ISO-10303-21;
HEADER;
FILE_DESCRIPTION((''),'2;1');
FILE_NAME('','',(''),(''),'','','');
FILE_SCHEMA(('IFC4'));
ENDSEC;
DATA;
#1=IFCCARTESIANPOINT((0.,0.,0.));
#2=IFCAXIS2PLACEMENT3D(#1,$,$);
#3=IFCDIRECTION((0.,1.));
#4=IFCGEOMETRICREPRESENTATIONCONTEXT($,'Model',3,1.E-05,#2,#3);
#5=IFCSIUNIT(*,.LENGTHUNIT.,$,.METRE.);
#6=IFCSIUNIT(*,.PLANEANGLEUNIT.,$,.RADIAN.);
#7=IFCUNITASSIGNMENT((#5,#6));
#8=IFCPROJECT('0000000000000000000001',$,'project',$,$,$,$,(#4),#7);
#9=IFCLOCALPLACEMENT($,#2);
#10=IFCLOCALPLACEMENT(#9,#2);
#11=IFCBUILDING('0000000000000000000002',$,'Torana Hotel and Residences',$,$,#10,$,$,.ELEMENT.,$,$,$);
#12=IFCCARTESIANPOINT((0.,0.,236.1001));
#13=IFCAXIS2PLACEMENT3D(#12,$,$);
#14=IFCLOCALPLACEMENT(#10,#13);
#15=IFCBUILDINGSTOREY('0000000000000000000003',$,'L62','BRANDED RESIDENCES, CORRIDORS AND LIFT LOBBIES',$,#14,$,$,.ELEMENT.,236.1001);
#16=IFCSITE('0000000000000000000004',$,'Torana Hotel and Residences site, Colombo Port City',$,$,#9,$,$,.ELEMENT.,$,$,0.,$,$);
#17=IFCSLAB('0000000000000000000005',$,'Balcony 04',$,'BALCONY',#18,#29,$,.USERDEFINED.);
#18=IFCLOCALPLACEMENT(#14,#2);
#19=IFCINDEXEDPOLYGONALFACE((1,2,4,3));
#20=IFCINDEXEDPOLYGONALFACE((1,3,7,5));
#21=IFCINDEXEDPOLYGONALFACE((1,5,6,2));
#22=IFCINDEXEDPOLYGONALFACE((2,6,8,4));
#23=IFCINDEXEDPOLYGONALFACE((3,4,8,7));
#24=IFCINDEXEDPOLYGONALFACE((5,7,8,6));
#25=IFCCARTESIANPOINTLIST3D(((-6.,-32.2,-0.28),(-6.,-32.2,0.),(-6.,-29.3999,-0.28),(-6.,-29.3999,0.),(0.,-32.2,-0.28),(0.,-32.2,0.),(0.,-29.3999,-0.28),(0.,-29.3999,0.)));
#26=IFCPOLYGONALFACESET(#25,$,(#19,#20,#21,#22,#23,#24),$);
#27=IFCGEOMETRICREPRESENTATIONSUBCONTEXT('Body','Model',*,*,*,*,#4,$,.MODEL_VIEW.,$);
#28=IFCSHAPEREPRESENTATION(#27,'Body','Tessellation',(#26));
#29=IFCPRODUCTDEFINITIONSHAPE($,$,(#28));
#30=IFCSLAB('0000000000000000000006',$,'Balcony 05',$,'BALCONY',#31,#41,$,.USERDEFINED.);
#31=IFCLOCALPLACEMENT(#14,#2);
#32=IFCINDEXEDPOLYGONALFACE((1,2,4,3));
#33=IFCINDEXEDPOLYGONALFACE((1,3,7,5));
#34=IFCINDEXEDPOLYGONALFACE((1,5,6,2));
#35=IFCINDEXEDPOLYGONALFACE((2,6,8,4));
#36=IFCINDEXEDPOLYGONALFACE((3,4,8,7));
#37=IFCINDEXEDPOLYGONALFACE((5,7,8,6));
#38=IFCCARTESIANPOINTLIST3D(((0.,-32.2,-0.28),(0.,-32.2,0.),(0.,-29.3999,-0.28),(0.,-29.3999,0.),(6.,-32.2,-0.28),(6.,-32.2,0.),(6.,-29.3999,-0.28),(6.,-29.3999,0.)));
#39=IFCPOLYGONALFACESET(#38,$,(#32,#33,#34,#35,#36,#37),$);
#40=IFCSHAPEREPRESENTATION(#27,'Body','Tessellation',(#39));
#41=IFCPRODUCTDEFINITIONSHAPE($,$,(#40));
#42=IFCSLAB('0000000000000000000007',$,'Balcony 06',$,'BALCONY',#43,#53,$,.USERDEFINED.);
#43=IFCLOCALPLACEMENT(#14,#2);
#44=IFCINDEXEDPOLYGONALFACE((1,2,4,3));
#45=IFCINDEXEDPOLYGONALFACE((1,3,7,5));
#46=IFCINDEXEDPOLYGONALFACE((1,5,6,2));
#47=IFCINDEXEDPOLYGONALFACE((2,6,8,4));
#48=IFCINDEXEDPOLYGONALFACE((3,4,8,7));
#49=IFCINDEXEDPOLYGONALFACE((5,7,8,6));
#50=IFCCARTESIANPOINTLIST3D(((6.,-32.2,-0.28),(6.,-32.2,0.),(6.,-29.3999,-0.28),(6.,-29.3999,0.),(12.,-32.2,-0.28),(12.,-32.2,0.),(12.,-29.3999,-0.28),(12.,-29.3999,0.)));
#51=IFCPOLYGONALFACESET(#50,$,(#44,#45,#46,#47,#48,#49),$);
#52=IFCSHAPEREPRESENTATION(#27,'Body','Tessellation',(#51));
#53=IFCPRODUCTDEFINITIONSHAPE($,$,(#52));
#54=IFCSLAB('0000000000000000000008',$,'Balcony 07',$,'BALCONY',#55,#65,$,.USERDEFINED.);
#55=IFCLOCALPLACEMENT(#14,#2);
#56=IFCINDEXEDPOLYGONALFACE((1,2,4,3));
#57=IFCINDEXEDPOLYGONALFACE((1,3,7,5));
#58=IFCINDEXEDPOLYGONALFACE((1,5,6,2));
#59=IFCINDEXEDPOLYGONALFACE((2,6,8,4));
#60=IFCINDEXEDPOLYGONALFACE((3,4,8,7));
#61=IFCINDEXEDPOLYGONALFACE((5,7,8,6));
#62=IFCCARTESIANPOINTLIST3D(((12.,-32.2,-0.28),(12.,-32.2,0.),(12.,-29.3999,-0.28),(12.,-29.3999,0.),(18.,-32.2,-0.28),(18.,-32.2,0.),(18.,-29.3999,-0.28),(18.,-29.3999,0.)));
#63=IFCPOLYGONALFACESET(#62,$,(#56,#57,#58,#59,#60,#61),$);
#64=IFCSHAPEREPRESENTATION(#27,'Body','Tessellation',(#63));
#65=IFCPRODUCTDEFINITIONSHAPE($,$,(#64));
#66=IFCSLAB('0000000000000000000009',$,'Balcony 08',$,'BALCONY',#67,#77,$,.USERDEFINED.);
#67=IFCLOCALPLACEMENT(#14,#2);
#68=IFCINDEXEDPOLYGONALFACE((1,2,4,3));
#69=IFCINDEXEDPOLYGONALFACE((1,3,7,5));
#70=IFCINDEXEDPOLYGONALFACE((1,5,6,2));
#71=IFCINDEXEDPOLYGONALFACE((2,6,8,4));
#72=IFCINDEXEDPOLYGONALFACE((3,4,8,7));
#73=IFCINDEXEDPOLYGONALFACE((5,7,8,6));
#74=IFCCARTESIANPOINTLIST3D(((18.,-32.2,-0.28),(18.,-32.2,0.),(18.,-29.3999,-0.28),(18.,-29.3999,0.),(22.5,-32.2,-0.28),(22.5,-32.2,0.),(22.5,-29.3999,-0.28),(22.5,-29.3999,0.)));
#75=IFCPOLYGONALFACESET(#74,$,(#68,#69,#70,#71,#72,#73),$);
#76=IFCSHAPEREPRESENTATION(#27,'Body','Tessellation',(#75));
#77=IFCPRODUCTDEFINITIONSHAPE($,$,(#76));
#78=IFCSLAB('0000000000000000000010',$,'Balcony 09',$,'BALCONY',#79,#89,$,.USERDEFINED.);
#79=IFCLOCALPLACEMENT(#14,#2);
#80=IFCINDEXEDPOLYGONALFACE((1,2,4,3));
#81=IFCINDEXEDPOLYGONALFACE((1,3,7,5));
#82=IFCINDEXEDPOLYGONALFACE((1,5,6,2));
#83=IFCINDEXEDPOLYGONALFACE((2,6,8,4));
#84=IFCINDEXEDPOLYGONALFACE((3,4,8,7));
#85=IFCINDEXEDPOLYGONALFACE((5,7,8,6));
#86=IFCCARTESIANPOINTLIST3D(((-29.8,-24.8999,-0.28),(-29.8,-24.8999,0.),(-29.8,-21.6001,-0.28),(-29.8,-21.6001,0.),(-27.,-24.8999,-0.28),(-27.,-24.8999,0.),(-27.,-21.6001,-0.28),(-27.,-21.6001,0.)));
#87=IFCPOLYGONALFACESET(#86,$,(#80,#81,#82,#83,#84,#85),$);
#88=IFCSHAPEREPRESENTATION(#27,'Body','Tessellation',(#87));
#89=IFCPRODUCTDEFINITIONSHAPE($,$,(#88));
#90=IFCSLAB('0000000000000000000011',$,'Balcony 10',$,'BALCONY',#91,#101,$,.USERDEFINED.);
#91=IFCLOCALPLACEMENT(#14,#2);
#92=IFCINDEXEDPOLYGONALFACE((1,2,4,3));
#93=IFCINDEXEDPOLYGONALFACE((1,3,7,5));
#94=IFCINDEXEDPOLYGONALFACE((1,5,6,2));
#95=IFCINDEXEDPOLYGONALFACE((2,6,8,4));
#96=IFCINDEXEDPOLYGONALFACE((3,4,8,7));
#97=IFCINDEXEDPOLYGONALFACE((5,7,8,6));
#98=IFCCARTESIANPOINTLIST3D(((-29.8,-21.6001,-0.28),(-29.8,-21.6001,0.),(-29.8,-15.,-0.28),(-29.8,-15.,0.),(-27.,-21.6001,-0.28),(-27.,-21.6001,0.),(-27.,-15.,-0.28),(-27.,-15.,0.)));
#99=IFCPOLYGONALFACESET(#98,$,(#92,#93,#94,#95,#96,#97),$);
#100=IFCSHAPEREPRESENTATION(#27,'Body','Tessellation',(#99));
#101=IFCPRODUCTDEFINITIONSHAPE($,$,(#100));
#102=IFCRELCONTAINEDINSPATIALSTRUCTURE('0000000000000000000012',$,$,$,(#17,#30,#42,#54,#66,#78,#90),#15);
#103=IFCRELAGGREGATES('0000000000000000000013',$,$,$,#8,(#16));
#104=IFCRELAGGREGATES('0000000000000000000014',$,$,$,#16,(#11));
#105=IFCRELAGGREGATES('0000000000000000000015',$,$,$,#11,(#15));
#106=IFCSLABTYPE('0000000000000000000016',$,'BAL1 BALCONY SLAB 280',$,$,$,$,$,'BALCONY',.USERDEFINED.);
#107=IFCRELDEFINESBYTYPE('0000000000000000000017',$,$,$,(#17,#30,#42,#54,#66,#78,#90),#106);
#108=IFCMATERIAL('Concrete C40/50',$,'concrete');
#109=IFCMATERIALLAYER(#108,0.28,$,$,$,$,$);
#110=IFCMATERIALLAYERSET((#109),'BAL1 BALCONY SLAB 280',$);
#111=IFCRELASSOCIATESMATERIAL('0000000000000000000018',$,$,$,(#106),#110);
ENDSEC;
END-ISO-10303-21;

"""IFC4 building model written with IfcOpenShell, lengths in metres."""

from ifc_helpers import new_model, si_unit, direction, frame, origin, place, context, subcontext, project, spatial, polyline, outline, extrude, material, layer, layer_set, type_object, element, save


model = new_model("IFC4")

# Units and contexts
model_context = context("Model", 3, precision=1e-05, world=origin(), true_north=direction((0.0, 1.0)))
body_context = subcontext(model_context, "Body", "Model", "MODEL_VIEW")
ifc_project = project(units=[si_unit("LENGTHUNIT", "METRE"), si_unit("PLANEANGLEUNIT", "RADIAN")], contexts=[model_context])

# Site, building, storey
site_placement = place(None, origin())
site = spatial("IfcSite", under=ifc_project, at=site_placement, Name="Torana Hotel and Residences site, Colombo Port City", CompositionType="ELEMENT", RefElevation=0.0)
building_placement = place(site_placement, origin())
building = spatial("IfcBuilding", under=site, at=building_placement, Name="Torana Hotel and Residences", CompositionType="ELEMENT")
storey_placement = place(building_placement, frame((0.0, 0.0, 236.1001)))
storey = spatial("IfcBuildingStorey", under=building, at=storey_placement, Name="L62", Description="BRANDED RESIDENCES, CORRIDORS AND LIFT LOBBIES", CompositionType="ELEMENT", Elevation=236.1001)

# Slabs
ifc_material_1 = material(Name="Concrete C40/50", Category="concrete")
ifc_layer_1 = layer(ifc_material_1, 0.28)
ifc_layer_set_1 = layer_set([ifc_layer_1], Name="BAL1 BALCONY SLAB 280")
slab_type = type_object("IfcSlabType", Name="BAL1 BALCONY SLAB 280", ElementType="BALCONY", PredefinedType="USERDEFINED", material=ifc_layer_set_1)
slab_1_placement = place(storey_placement, frame((0.0, 0.0, -0.28)))
element("IfcSlab", 1, at=slab_1_placement, inside=storey, type_object=slab_type, Name="Balcony 04", ObjectType="BALCONY", PredefinedType="USERDEFINED", context=body_context, shape_type="SweptSolid", body=[
    extrude(outline(polyline([(-6.0, -32.2), (0.0, -32.2), (0.0, -29.3999), (-6.0, -29.3999), (-6.0, -32.2)])), origin(), (0.0, 0.0, 1.0), 0.28),
])
slab_2_placement = place(storey_placement, frame((0.0, 0.0, -0.28)))
element("IfcSlab", 2, at=slab_2_placement, inside=storey, type_object=slab_type, Name="Balcony 05", ObjectType="BALCONY", PredefinedType="USERDEFINED", context=body_context, shape_type="SweptSolid", body=[
    extrude(outline(polyline([(0.0, -32.2), (6.0, -32.2), (6.0, -29.3999), (0.0, -29.3999), (0.0, -32.2)])), origin(), (0.0, 0.0, 1.0), 0.28),
])
slab_3_placement = place(storey_placement, frame((0.0, 0.0, -0.28)))
element("IfcSlab", 3, at=slab_3_placement, inside=storey, type_object=slab_type, Name="Balcony 06", ObjectType="BALCONY", PredefinedType="USERDEFINED", context=body_context, shape_type="SweptSolid", body=[
    extrude(outline(polyline([(6.0, -32.2), (12.0, -32.2), (12.0, -29.3999), (6.0, -29.3999), (6.0, -32.2)])), origin(), (0.0, 0.0, 1.0), 0.28),
])
slab_4_placement = place(storey_placement, frame((0.0, 0.0, -0.28)))
element("IfcSlab", 4, at=slab_4_placement, inside=storey, type_object=slab_type, Name="Balcony 07", ObjectType="BALCONY", PredefinedType="USERDEFINED", context=body_context, shape_type="SweptSolid", body=[
    extrude(outline(polyline([(12.0, -32.2), (18.0, -32.2), (18.0, -29.3999), (12.0, -29.3999), (12.0, -32.2)])), origin(), (0.0, 0.0, 1.0), 0.28),
])
slab_5_placement = place(storey_placement, frame((0.0, 0.0, -0.28)))
element("IfcSlab", 5, at=slab_5_placement, inside=storey, type_object=slab_type, Name="Balcony 08", ObjectType="BALCONY", PredefinedType="USERDEFINED", context=body_context, shape_type="SweptSolid", body=[
    extrude(outline(polyline([(18.0, -32.2), (22.5, -32.2), (22.5, -29.3999), (18.0, -29.3999), (18.0, -32.2)])), origin(), (0.0, 0.0, 1.0), 0.28),
])
slab_6_placement = place(storey_placement, frame((0.0, 0.0, -0.28)))
element("IfcSlab", 6, at=slab_6_placement, inside=storey, type_object=slab_type, Name="Balcony 09", ObjectType="BALCONY", PredefinedType="USERDEFINED", context=body_context, shape_type="SweptSolid", body=[
    extrude(outline(polyline([(-29.8, -24.8999), (-27.0, -24.8999), (-27.0, -21.6001), (-29.8, -21.6001), (-29.8, -24.8999)])), origin(), (0.0, 0.0, 1.0), 0.28),
])
slab_7_placement = place(storey_placement, frame((0.0, 0.0, -0.28)))
element("IfcSlab", 7, at=slab_7_placement, inside=storey, type_object=slab_type, Name="Balcony 10", ObjectType="BALCONY", PredefinedType="USERDEFINED", context=body_context, shape_type="SweptSolid", body=[
    extrude(outline(polyline([(-29.8, -21.6001), (-27.0, -21.6001), (-27.0, -15.0), (-29.8, -15.0), (-29.8, -21.6001)])), origin(), (0.0, 0.0, 1.0), 0.28),
])

save(model, "model.ifc")
